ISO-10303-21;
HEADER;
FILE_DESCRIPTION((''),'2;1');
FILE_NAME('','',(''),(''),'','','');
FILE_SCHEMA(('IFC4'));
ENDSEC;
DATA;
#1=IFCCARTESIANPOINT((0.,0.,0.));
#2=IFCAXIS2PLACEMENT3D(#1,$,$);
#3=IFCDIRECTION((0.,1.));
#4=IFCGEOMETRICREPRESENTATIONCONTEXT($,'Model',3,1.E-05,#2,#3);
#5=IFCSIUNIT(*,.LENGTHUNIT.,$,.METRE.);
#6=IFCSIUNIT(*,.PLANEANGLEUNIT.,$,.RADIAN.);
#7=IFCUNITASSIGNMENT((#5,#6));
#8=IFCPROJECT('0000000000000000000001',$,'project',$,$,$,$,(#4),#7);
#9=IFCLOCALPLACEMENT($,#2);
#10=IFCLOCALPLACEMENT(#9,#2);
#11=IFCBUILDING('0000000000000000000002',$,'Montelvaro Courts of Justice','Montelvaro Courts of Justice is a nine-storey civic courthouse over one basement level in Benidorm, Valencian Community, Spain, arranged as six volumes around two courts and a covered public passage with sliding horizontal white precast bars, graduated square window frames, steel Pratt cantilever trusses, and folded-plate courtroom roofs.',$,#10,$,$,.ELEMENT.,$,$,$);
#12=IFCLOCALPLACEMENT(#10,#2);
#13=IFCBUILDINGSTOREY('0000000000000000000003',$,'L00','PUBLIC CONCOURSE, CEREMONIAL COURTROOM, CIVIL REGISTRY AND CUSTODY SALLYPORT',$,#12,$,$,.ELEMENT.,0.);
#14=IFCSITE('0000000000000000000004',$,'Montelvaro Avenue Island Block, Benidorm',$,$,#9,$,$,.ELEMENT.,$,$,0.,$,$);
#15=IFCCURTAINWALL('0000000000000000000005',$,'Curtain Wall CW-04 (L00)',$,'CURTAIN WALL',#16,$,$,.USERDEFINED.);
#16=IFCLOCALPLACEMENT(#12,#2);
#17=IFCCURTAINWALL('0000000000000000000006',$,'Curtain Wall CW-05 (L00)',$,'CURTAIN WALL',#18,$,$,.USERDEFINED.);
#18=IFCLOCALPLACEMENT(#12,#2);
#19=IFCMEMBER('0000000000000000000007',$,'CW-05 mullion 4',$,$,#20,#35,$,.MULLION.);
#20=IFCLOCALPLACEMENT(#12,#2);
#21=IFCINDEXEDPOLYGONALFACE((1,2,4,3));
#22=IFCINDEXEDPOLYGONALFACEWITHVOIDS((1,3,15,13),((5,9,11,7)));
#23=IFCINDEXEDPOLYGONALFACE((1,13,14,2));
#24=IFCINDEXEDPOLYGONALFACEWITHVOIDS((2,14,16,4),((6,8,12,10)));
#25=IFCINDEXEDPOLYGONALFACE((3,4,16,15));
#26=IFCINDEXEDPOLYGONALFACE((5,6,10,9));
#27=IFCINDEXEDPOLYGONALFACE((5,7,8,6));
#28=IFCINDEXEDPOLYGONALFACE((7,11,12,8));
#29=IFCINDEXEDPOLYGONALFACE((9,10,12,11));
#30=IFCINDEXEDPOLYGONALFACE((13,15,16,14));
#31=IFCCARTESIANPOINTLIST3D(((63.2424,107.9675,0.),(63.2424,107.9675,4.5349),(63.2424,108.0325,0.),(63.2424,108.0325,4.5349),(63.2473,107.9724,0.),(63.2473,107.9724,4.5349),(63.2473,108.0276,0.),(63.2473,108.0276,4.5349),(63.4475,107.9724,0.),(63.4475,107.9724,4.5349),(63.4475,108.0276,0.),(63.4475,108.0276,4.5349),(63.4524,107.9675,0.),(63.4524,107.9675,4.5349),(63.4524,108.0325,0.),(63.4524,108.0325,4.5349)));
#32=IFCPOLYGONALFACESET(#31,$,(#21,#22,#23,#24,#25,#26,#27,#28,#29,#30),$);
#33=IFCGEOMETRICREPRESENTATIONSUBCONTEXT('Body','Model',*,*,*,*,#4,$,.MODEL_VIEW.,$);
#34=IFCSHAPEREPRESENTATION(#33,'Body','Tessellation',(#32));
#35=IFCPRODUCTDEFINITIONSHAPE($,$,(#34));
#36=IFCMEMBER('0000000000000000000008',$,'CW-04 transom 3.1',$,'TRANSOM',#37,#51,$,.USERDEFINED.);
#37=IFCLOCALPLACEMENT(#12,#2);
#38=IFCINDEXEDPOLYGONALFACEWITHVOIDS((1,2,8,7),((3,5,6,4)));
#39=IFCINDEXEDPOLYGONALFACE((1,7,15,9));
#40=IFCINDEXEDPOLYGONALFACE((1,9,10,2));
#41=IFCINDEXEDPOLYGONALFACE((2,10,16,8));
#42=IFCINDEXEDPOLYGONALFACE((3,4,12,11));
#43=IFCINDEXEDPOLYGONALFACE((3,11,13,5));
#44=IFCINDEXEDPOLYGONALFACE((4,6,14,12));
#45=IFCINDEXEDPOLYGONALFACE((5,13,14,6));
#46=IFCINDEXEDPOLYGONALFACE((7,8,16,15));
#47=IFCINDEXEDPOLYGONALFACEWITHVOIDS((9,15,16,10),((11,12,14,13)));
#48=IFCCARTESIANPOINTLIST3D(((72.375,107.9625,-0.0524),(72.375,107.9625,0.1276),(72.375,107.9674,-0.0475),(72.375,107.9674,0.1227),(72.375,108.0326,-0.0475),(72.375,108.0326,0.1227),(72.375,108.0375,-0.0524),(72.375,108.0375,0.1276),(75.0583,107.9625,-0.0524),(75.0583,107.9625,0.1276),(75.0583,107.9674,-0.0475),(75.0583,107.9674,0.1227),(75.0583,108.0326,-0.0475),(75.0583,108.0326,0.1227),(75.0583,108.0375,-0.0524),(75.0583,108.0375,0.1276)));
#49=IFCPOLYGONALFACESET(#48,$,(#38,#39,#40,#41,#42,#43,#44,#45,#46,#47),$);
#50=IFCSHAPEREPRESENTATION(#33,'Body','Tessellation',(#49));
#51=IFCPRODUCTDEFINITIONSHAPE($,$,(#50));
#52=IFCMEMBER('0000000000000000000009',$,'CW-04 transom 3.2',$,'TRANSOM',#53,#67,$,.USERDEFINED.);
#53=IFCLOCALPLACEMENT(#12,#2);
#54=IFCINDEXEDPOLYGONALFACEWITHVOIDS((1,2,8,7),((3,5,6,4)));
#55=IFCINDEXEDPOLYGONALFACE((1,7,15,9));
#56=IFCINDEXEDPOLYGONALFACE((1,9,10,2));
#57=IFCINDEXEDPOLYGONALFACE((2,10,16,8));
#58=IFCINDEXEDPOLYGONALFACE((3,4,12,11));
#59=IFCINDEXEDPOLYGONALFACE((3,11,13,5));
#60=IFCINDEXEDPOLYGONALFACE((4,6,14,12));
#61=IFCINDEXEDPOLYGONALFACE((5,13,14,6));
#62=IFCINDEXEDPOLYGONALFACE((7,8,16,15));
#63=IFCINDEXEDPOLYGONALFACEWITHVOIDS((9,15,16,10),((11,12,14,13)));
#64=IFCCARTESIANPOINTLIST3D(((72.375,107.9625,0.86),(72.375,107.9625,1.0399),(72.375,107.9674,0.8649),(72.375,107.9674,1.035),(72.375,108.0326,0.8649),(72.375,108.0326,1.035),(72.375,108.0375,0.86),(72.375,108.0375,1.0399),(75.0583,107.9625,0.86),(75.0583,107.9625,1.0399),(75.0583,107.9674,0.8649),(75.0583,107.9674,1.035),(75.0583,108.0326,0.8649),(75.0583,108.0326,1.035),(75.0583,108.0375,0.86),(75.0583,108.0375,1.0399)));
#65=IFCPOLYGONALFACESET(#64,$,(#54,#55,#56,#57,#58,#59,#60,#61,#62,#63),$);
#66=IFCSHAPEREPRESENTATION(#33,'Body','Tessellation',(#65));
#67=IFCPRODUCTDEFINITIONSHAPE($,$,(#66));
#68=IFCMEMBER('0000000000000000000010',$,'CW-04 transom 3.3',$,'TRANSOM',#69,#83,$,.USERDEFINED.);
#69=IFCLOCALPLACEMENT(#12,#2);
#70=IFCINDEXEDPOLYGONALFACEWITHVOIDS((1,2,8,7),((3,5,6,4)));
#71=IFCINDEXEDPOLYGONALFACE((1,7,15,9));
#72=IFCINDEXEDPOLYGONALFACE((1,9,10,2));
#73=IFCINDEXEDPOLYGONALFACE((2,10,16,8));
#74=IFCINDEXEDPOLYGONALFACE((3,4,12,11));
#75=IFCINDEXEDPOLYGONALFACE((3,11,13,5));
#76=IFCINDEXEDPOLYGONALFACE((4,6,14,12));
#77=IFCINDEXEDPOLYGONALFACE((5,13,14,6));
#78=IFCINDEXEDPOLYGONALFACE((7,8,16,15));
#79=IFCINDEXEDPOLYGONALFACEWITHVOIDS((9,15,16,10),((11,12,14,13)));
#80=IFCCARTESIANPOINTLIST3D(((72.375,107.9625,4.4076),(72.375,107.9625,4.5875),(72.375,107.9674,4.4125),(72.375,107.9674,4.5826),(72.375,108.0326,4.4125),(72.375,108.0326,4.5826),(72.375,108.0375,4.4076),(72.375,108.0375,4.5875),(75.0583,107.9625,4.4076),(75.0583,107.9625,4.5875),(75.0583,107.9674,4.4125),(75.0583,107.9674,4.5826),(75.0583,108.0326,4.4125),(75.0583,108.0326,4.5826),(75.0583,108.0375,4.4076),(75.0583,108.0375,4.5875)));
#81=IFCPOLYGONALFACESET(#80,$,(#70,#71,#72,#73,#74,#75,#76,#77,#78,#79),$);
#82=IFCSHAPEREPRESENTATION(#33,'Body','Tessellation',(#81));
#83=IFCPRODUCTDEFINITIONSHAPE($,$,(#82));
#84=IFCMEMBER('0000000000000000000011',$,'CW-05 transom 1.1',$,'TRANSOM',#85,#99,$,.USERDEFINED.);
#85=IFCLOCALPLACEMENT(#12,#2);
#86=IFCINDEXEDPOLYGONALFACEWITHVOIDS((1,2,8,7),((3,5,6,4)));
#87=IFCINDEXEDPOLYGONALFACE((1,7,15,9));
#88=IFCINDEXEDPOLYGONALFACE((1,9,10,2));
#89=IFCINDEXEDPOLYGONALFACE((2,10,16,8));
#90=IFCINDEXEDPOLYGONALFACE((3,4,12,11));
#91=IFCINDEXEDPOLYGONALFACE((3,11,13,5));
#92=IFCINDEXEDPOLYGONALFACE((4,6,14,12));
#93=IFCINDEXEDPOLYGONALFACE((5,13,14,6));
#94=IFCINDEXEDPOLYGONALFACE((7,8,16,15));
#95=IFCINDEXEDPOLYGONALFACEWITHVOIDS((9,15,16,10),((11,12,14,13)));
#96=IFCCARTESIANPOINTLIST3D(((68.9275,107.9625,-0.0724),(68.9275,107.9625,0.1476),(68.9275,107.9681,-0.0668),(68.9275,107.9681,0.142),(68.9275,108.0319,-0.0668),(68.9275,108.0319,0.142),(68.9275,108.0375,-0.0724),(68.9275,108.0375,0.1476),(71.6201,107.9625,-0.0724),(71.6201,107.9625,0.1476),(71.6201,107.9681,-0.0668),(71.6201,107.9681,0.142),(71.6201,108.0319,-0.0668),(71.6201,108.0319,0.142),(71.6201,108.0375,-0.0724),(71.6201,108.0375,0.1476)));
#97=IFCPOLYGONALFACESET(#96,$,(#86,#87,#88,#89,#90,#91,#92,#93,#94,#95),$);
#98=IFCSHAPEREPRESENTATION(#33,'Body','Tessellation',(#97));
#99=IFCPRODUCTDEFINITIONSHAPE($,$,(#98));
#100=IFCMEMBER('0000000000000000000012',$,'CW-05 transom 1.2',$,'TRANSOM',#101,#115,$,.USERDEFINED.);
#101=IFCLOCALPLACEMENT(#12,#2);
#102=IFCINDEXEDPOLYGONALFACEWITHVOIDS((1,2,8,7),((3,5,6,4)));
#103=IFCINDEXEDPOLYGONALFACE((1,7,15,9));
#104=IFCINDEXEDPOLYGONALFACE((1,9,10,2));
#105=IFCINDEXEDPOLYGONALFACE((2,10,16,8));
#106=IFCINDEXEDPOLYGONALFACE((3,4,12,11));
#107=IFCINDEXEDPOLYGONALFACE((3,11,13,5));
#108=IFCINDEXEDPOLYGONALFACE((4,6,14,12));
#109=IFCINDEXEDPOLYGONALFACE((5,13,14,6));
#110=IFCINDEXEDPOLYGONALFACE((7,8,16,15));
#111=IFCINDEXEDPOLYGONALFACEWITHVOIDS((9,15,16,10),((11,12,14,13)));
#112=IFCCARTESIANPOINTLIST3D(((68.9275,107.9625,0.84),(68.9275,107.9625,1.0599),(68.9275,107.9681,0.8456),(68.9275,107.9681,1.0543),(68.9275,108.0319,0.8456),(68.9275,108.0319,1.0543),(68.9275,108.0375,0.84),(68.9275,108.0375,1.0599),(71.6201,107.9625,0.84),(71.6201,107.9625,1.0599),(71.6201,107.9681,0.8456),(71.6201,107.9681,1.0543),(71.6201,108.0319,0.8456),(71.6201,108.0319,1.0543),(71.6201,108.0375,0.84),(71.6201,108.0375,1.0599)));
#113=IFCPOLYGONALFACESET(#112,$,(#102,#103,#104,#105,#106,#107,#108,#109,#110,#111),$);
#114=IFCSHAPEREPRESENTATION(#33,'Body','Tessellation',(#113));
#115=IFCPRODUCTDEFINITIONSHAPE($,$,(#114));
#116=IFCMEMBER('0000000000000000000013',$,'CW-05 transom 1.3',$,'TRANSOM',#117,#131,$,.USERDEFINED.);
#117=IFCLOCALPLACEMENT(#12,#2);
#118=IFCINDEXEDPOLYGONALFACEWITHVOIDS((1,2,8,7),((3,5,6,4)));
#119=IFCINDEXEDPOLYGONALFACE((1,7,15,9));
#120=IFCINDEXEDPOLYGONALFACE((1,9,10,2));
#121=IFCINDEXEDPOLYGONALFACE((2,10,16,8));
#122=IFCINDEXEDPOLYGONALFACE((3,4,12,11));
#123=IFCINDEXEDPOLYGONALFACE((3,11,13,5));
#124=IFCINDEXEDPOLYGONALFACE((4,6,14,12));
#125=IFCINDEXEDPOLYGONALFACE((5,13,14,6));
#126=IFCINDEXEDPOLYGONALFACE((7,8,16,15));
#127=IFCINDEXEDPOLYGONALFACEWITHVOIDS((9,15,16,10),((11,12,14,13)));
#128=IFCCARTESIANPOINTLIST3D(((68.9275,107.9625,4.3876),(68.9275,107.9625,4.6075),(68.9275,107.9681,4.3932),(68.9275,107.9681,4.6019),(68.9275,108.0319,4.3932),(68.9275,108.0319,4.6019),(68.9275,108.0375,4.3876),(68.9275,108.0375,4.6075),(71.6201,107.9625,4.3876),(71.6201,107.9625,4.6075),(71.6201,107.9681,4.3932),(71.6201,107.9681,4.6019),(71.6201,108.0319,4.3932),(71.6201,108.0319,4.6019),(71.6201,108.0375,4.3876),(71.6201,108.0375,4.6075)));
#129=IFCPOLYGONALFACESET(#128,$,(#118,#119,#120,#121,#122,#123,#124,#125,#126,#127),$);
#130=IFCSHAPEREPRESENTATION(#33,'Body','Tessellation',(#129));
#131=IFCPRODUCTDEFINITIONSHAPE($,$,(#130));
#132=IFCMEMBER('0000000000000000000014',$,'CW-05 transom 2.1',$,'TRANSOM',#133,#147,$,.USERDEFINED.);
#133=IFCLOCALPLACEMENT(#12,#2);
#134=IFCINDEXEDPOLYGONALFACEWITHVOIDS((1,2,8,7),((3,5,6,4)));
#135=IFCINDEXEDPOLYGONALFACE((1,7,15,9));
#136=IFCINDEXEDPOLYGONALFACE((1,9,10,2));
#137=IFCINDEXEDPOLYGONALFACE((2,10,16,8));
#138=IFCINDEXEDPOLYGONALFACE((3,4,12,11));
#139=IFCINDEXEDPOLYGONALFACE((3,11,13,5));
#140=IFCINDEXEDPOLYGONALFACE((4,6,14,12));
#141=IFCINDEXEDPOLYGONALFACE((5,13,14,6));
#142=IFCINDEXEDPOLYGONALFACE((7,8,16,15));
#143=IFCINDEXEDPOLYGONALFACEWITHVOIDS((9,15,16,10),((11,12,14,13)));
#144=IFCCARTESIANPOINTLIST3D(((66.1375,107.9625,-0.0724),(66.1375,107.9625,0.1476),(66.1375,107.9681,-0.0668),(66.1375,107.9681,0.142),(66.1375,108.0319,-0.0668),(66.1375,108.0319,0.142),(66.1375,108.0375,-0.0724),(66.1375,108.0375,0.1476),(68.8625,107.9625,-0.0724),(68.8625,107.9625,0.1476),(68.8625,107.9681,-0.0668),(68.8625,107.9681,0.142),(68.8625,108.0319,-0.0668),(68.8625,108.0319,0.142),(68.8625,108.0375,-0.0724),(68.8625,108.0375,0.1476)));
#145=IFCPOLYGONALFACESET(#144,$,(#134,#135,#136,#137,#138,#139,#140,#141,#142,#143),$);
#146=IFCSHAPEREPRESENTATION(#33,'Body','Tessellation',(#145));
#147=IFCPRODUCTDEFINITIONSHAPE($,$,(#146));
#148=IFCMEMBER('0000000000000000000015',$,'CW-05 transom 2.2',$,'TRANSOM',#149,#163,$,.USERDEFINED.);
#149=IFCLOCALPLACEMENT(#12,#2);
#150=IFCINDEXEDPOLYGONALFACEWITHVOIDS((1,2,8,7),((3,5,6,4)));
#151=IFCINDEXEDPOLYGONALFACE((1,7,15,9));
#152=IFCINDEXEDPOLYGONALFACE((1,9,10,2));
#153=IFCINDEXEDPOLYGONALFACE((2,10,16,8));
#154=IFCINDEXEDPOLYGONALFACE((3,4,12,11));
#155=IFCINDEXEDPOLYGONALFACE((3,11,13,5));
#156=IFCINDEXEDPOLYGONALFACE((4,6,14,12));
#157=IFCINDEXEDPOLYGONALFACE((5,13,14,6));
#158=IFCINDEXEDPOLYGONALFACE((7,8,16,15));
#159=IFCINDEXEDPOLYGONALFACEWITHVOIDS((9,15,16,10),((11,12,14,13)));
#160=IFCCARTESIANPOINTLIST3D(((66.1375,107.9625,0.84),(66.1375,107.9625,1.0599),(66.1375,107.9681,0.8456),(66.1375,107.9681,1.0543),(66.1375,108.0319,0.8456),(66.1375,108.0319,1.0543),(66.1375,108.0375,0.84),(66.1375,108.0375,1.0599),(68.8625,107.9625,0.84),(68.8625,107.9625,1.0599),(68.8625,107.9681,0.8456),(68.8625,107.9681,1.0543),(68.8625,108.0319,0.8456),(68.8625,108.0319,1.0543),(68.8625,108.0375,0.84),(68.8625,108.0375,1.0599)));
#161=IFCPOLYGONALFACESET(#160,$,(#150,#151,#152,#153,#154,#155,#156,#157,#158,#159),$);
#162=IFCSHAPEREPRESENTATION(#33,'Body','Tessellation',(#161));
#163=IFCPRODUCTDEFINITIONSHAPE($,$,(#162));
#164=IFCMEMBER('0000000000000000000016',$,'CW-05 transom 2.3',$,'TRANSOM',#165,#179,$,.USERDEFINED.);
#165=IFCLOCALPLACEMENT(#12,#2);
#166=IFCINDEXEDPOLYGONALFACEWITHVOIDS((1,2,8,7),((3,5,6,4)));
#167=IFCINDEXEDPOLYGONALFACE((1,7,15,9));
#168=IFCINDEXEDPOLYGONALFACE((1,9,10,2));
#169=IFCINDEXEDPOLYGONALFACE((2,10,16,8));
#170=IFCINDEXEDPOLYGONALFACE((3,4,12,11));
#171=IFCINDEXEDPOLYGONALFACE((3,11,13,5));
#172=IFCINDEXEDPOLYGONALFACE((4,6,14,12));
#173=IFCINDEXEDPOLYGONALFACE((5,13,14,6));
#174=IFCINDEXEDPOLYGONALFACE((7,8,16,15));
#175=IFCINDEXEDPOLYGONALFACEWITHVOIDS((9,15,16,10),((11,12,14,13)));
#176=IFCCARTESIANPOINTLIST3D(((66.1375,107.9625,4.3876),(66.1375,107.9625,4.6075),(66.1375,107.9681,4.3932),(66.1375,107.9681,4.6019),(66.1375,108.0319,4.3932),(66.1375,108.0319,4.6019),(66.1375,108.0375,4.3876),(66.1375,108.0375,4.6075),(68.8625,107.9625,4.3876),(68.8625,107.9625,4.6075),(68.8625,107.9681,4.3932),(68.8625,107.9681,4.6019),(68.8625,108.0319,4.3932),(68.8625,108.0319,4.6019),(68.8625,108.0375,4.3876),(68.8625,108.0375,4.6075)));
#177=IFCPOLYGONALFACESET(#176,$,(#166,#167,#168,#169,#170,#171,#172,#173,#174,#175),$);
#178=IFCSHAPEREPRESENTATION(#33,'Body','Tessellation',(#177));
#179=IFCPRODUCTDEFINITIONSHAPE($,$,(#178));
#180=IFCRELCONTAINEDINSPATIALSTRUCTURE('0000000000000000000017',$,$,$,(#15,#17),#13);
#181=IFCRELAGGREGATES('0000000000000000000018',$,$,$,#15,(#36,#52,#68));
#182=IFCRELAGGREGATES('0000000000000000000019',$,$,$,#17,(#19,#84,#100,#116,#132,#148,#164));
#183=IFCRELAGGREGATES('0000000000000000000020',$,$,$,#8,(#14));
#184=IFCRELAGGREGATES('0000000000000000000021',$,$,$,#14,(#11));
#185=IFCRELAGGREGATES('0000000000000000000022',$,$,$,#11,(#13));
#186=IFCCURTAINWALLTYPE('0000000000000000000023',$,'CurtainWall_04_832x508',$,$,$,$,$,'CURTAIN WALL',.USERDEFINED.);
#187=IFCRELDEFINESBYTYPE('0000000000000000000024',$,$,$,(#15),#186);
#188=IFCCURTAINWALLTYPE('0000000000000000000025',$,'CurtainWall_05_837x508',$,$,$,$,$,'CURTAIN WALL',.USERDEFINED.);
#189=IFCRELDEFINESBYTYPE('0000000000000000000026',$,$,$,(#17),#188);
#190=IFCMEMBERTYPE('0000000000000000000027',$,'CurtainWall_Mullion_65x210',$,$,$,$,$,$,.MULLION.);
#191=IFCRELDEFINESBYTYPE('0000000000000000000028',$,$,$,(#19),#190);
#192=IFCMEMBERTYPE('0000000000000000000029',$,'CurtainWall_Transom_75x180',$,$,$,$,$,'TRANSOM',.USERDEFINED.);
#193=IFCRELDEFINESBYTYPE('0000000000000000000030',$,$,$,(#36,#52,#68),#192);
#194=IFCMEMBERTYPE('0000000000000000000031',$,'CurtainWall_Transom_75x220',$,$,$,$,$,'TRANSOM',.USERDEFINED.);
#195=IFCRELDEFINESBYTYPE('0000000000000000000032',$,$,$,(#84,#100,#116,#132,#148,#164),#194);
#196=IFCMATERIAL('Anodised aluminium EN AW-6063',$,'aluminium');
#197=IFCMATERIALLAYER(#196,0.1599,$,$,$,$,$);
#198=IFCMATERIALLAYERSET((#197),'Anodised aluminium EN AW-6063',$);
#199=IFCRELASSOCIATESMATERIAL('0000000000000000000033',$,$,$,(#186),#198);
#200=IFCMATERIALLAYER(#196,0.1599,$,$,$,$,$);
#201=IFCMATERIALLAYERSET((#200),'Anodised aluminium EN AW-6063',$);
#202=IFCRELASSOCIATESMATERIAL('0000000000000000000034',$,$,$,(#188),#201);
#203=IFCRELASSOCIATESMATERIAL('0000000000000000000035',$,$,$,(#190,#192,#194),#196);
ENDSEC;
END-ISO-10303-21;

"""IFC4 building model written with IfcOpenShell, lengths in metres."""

from ifc_helpers import new_model, si_unit, direction, frame, origin, origin_2d, place, context, subcontext, project, spatial, hollow_rectangle, extrude, material, layer, layer_set, material_profile, profile_set, type_object, element, aggregate, save


model = new_model("IFC4")

# Units and contexts
model_context = context("Model", 3, precision=1e-05, world=origin(), true_north=direction((0.0, 1.0)))
body_context = subcontext(model_context, "Body", "Model", "MODEL_VIEW")
ifc_project = project(units=[si_unit("LENGTHUNIT", "METRE"), si_unit("PLANEANGLEUNIT", "RADIAN")], contexts=[model_context])

# Site, building, storey
site_placement = place(None, origin())
site = spatial("IfcSite", under=ifc_project, at=site_placement, Name="Montelvaro Avenue Island Block, Benidorm", CompositionType="ELEMENT", RefElevation=0.0)
building_placement = place(site_placement, origin())
building = spatial("IfcBuilding", under=site, at=building_placement, Name="Montelvaro Courts of Justice", Description="Montelvaro Courts of Justice is a nine-storey civic courthouse over one basement level in Benidorm, Valencian Community, Spain, arranged as six volumes around two courts and a covered public passage with sliding horizontal white precast bars, graduated square window frames, steel Pratt cantilever trusses, and folded-plate courtroom roofs.", CompositionType="ELEMENT")
storey_placement = place(building_placement, origin())
storey = spatial("IfcBuildingStorey", under=building, at=storey_placement, Name="L00", Description="PUBLIC CONCOURSE, CEREMONIAL COURTROOM, CIVIL REGISTRY AND CUSTODY SALLYPORT", CompositionType="ELEMENT", Elevation=0.0)

# Curtain walls, member
ifc_material_1 = material(Name="Anodised aluminium EN AW-6063", Category="aluminium")
ifc_layer_1 = layer(ifc_material_1, 0.1599)
ifc_layer_set_1 = layer_set([ifc_layer_1], Name="Anodised aluminium EN AW-6063")
curtain_wall_type_1 = type_object("IfcCurtainWallType", Name="CurtainWall_04_832x508", ElementType="CURTAIN WALL", PredefinedType="USERDEFINED", material=ifc_layer_set_1)
curtain_wall_1_placement = place(storey_placement, origin())
curtain_wall_1 = element("IfcCurtainWall", 1, at=curtain_wall_1_placement, inside=storey, type_object=curtain_wall_type_1, Name="Curtain Wall CW-04 (L00)", ObjectType="CURTAIN WALL", PredefinedType="USERDEFINED")
ifc_layer_2 = layer(ifc_material_1, 0.1599)
ifc_layer_set_2 = layer_set([ifc_layer_2], Name="Anodised aluminium EN AW-6063")
curtain_wall_type_2 = type_object("IfcCurtainWallType", Name="CurtainWall_05_837x508", ElementType="CURTAIN WALL", PredefinedType="USERDEFINED", material=ifc_layer_set_2)
curtain_wall_2_placement = place(storey_placement, origin())
curtain_wall_2 = element("IfcCurtainWall", 2, at=curtain_wall_2_placement, inside=storey, type_object=curtain_wall_type_2, Name="Curtain Wall CW-05 (L00)", ObjectType="CURTAIN WALL", PredefinedType="USERDEFINED")
ifc_material_profile_1 = material_profile(ifc_material_1, hollow_rectangle(XDim=0.0649, YDim=0.21, WallThickness=0.0049, at=origin_2d()), Name="ALU-M 65x210")
ifc_profile_set_1 = profile_set([ifc_material_profile_1], Name="Anodised aluminium EN AW-6063")
member_type_1 = type_object("IfcMemberType", Name="CurtainWall_Mullion_65x210", PredefinedType="MULLION", material=ifc_profile_set_1)
member_1_placement = place(storey_placement, frame((63.3474, 108.0, 0.0), z_axis=(0.0, 0.0, 1.0), x_axis=(0.0, -1.0, 0.0)))
member_1 = element("IfcMember", 3, at=member_1_placement, type_object=member_type_1, Name="CW-05 mullion 4", PredefinedType="MULLION", context=body_context, shape_type="SweptSolid", body=[
    extrude(hollow_rectangle(XDim=0.0649, YDim=0.21, WallThickness=0.0049, at=origin_2d()), origin(), (0.0, 0.0, 1.0), 4.5349),
])

# Members
ifc_material_profile_2 = material_profile(ifc_material_1, hollow_rectangle(XDim=0.075, YDim=0.1799, WallThickness=0.0049, at=origin_2d()), Name="ALU-T 75x180")
ifc_profile_set_2 = profile_set([ifc_material_profile_2], Name="Anodised aluminium EN AW-6063")
member_type_2 = type_object("IfcMemberType", Name="CurtainWall_Transom_75x180", ElementType="TRANSOM", PredefinedType="USERDEFINED", material=ifc_profile_set_2)
member_2_placement = place(storey_placement, frame((75.0583, 108.0, 0.0376), z_axis=(-1.0, 0.0, 0.0), x_axis=(0.0, -1.0, 0.0)))
member_2 = element("IfcMember", 4, at=member_2_placement, type_object=member_type_2, Name="CW-04 transom 3.1", ObjectType="TRANSOM", PredefinedType="USERDEFINED", context=body_context, shape_type="SweptSolid", body=[
    extrude(hollow_rectangle(XDim=0.075, YDim=0.1799, WallThickness=0.0049, at=origin_2d()), origin(), (0.0, 0.0, 1.0), 2.6833),
])
member_3_placement = place(storey_placement, frame((75.0583, 108.0, 0.95), z_axis=(-1.0, 0.0, 0.0), x_axis=(0.0, -1.0, 0.0)))
member_3 = element("IfcMember", 5, at=member_3_placement, type_object=member_type_2, Name="CW-04 transom 3.2", ObjectType="TRANSOM", PredefinedType="USERDEFINED", context=body_context, shape_type="SweptSolid", body=[
    extrude(hollow_rectangle(XDim=0.075, YDim=0.1799, WallThickness=0.0049, at=origin_2d()), origin(), (0.0, 0.0, 1.0), 2.6833),
])
member_4_placement = place(storey_placement, frame((75.0583, 108.0, 4.4976), z_axis=(-1.0, 0.0, 0.0), x_axis=(0.0, -1.0, 0.0)))
member_4 = element("IfcMember", 6, at=member_4_placement, type_object=member_type_2, Name="CW-04 transom 3.3", ObjectType="TRANSOM", PredefinedType="USERDEFINED", context=body_context, shape_type="SweptSolid", body=[
    extrude(hollow_rectangle(XDim=0.075, YDim=0.1799, WallThickness=0.0049, at=origin_2d()), origin(), (0.0, 0.0, 1.0), 2.6833),
])
ifc_material_profile_3 = material_profile(ifc_material_1, hollow_rectangle(XDim=0.075, YDim=0.22, WallThickness=0.0056, at=origin_2d()), Name="ALU-T 75x220")
ifc_profile_set_3 = profile_set([ifc_material_profile_3], Name="Anodised aluminium EN AW-6063")
member_type_3 = type_object("IfcMemberType", Name="CurtainWall_Transom_75x220", ElementType="TRANSOM", PredefinedType="USERDEFINED", material=ifc_profile_set_3)
member_5_placement = place(storey_placement, frame((71.6201, 108.0, 0.0376), z_axis=(-1.0, 0.0, 0.0), x_axis=(0.0, -1.0, 0.0)))
member_5 = element("IfcMember", 7, at=member_5_placement, type_object=member_type_3, Name="CW-05 transom 1.1", ObjectType="TRANSOM", PredefinedType="USERDEFINED", context=body_context, shape_type="SweptSolid", body=[
    extrude(hollow_rectangle(XDim=0.075, YDim=0.22, WallThickness=0.0056, at=origin_2d()), origin(), (0.0, 0.0, 1.0), 2.6926),
])
member_6_placement = place(storey_placement, frame((71.6201, 108.0, 0.95), z_axis=(-1.0, 0.0, 0.0), x_axis=(0.0, -1.0, 0.0)))
member_6 = element("IfcMember", 8, at=member_6_placement, type_object=member_type_3, Name="CW-05 transom 1.2", ObjectType="TRANSOM", PredefinedType="USERDEFINED", context=body_context, shape_type="SweptSolid", body=[
    extrude(hollow_rectangle(XDim=0.075, YDim=0.22, WallThickness=0.0056, at=origin_2d()), origin(), (0.0, 0.0, 1.0), 2.6926),
])
member_7_placement = place(storey_placement, frame((71.6201, 108.0, 4.4976), z_axis=(-1.0, 0.0, 0.0), x_axis=(0.0, -1.0, 0.0)))
member_7 = element("IfcMember", 9, at=member_7_placement, type_object=member_type_3, Name="CW-05 transom 1.3", ObjectType="TRANSOM", PredefinedType="USERDEFINED", context=body_context, shape_type="SweptSolid", body=[
    extrude(hollow_rectangle(XDim=0.075, YDim=0.22, WallThickness=0.0056, at=origin_2d()), origin(), (0.0, 0.0, 1.0), 2.6926),
])
member_8_placement = place(storey_placement, frame((68.8625, 108.0, 0.0376), z_axis=(-1.0, 0.0, 0.0), x_axis=(0.0, -1.0, 0.0)))
member_8 = element("IfcMember", 10, at=member_8_placement, type_object=member_type_3, Name="CW-05 transom 2.1", ObjectType="TRANSOM", PredefinedType="USERDEFINED", context=body_context, shape_type="SweptSolid", body=[
    extrude(hollow_rectangle(XDim=0.075, YDim=0.22, WallThickness=0.0056, at=origin_2d()), origin(), (0.0, 0.0, 1.0), 2.7251),
])
member_9_placement = place(storey_placement, frame((68.8625, 108.0, 0.95), z_axis=(-1.0, 0.0, 0.0), x_axis=(0.0, -1.0, 0.0)))
member_9 = element("IfcMember", 11, at=member_9_placement, type_object=member_type_3, Name="CW-05 transom 2.2", ObjectType="TRANSOM", PredefinedType="USERDEFINED", context=body_context, shape_type="SweptSolid", body=[
    extrude(hollow_rectangle(XDim=0.075, YDim=0.22, WallThickness=0.0056, at=origin_2d()), origin(), (0.0, 0.0, 1.0), 2.7251),
])
member_10_placement = place(storey_placement, frame((68.8625, 108.0, 4.4976), z_axis=(-1.0, 0.0, 0.0), x_axis=(0.0, -1.0, 0.0)))
member_10 = element("IfcMember", 12, at=member_10_placement, type_object=member_type_3, Name="CW-05 transom 2.3", ObjectType="TRANSOM", PredefinedType="USERDEFINED", context=body_context, shape_type="SweptSolid", body=[
    extrude(hollow_rectangle(XDim=0.075, YDim=0.22, WallThickness=0.0056, at=origin_2d()), origin(), (0.0, 0.0, 1.0), 2.7251),
])

aggregate(curtain_wall_1, [member_2, member_3, member_4])
aggregate(curtain_wall_2, [member_1, member_5, member_6, member_7, member_8, member_9, member_10])

save(model, "model.ifc")
